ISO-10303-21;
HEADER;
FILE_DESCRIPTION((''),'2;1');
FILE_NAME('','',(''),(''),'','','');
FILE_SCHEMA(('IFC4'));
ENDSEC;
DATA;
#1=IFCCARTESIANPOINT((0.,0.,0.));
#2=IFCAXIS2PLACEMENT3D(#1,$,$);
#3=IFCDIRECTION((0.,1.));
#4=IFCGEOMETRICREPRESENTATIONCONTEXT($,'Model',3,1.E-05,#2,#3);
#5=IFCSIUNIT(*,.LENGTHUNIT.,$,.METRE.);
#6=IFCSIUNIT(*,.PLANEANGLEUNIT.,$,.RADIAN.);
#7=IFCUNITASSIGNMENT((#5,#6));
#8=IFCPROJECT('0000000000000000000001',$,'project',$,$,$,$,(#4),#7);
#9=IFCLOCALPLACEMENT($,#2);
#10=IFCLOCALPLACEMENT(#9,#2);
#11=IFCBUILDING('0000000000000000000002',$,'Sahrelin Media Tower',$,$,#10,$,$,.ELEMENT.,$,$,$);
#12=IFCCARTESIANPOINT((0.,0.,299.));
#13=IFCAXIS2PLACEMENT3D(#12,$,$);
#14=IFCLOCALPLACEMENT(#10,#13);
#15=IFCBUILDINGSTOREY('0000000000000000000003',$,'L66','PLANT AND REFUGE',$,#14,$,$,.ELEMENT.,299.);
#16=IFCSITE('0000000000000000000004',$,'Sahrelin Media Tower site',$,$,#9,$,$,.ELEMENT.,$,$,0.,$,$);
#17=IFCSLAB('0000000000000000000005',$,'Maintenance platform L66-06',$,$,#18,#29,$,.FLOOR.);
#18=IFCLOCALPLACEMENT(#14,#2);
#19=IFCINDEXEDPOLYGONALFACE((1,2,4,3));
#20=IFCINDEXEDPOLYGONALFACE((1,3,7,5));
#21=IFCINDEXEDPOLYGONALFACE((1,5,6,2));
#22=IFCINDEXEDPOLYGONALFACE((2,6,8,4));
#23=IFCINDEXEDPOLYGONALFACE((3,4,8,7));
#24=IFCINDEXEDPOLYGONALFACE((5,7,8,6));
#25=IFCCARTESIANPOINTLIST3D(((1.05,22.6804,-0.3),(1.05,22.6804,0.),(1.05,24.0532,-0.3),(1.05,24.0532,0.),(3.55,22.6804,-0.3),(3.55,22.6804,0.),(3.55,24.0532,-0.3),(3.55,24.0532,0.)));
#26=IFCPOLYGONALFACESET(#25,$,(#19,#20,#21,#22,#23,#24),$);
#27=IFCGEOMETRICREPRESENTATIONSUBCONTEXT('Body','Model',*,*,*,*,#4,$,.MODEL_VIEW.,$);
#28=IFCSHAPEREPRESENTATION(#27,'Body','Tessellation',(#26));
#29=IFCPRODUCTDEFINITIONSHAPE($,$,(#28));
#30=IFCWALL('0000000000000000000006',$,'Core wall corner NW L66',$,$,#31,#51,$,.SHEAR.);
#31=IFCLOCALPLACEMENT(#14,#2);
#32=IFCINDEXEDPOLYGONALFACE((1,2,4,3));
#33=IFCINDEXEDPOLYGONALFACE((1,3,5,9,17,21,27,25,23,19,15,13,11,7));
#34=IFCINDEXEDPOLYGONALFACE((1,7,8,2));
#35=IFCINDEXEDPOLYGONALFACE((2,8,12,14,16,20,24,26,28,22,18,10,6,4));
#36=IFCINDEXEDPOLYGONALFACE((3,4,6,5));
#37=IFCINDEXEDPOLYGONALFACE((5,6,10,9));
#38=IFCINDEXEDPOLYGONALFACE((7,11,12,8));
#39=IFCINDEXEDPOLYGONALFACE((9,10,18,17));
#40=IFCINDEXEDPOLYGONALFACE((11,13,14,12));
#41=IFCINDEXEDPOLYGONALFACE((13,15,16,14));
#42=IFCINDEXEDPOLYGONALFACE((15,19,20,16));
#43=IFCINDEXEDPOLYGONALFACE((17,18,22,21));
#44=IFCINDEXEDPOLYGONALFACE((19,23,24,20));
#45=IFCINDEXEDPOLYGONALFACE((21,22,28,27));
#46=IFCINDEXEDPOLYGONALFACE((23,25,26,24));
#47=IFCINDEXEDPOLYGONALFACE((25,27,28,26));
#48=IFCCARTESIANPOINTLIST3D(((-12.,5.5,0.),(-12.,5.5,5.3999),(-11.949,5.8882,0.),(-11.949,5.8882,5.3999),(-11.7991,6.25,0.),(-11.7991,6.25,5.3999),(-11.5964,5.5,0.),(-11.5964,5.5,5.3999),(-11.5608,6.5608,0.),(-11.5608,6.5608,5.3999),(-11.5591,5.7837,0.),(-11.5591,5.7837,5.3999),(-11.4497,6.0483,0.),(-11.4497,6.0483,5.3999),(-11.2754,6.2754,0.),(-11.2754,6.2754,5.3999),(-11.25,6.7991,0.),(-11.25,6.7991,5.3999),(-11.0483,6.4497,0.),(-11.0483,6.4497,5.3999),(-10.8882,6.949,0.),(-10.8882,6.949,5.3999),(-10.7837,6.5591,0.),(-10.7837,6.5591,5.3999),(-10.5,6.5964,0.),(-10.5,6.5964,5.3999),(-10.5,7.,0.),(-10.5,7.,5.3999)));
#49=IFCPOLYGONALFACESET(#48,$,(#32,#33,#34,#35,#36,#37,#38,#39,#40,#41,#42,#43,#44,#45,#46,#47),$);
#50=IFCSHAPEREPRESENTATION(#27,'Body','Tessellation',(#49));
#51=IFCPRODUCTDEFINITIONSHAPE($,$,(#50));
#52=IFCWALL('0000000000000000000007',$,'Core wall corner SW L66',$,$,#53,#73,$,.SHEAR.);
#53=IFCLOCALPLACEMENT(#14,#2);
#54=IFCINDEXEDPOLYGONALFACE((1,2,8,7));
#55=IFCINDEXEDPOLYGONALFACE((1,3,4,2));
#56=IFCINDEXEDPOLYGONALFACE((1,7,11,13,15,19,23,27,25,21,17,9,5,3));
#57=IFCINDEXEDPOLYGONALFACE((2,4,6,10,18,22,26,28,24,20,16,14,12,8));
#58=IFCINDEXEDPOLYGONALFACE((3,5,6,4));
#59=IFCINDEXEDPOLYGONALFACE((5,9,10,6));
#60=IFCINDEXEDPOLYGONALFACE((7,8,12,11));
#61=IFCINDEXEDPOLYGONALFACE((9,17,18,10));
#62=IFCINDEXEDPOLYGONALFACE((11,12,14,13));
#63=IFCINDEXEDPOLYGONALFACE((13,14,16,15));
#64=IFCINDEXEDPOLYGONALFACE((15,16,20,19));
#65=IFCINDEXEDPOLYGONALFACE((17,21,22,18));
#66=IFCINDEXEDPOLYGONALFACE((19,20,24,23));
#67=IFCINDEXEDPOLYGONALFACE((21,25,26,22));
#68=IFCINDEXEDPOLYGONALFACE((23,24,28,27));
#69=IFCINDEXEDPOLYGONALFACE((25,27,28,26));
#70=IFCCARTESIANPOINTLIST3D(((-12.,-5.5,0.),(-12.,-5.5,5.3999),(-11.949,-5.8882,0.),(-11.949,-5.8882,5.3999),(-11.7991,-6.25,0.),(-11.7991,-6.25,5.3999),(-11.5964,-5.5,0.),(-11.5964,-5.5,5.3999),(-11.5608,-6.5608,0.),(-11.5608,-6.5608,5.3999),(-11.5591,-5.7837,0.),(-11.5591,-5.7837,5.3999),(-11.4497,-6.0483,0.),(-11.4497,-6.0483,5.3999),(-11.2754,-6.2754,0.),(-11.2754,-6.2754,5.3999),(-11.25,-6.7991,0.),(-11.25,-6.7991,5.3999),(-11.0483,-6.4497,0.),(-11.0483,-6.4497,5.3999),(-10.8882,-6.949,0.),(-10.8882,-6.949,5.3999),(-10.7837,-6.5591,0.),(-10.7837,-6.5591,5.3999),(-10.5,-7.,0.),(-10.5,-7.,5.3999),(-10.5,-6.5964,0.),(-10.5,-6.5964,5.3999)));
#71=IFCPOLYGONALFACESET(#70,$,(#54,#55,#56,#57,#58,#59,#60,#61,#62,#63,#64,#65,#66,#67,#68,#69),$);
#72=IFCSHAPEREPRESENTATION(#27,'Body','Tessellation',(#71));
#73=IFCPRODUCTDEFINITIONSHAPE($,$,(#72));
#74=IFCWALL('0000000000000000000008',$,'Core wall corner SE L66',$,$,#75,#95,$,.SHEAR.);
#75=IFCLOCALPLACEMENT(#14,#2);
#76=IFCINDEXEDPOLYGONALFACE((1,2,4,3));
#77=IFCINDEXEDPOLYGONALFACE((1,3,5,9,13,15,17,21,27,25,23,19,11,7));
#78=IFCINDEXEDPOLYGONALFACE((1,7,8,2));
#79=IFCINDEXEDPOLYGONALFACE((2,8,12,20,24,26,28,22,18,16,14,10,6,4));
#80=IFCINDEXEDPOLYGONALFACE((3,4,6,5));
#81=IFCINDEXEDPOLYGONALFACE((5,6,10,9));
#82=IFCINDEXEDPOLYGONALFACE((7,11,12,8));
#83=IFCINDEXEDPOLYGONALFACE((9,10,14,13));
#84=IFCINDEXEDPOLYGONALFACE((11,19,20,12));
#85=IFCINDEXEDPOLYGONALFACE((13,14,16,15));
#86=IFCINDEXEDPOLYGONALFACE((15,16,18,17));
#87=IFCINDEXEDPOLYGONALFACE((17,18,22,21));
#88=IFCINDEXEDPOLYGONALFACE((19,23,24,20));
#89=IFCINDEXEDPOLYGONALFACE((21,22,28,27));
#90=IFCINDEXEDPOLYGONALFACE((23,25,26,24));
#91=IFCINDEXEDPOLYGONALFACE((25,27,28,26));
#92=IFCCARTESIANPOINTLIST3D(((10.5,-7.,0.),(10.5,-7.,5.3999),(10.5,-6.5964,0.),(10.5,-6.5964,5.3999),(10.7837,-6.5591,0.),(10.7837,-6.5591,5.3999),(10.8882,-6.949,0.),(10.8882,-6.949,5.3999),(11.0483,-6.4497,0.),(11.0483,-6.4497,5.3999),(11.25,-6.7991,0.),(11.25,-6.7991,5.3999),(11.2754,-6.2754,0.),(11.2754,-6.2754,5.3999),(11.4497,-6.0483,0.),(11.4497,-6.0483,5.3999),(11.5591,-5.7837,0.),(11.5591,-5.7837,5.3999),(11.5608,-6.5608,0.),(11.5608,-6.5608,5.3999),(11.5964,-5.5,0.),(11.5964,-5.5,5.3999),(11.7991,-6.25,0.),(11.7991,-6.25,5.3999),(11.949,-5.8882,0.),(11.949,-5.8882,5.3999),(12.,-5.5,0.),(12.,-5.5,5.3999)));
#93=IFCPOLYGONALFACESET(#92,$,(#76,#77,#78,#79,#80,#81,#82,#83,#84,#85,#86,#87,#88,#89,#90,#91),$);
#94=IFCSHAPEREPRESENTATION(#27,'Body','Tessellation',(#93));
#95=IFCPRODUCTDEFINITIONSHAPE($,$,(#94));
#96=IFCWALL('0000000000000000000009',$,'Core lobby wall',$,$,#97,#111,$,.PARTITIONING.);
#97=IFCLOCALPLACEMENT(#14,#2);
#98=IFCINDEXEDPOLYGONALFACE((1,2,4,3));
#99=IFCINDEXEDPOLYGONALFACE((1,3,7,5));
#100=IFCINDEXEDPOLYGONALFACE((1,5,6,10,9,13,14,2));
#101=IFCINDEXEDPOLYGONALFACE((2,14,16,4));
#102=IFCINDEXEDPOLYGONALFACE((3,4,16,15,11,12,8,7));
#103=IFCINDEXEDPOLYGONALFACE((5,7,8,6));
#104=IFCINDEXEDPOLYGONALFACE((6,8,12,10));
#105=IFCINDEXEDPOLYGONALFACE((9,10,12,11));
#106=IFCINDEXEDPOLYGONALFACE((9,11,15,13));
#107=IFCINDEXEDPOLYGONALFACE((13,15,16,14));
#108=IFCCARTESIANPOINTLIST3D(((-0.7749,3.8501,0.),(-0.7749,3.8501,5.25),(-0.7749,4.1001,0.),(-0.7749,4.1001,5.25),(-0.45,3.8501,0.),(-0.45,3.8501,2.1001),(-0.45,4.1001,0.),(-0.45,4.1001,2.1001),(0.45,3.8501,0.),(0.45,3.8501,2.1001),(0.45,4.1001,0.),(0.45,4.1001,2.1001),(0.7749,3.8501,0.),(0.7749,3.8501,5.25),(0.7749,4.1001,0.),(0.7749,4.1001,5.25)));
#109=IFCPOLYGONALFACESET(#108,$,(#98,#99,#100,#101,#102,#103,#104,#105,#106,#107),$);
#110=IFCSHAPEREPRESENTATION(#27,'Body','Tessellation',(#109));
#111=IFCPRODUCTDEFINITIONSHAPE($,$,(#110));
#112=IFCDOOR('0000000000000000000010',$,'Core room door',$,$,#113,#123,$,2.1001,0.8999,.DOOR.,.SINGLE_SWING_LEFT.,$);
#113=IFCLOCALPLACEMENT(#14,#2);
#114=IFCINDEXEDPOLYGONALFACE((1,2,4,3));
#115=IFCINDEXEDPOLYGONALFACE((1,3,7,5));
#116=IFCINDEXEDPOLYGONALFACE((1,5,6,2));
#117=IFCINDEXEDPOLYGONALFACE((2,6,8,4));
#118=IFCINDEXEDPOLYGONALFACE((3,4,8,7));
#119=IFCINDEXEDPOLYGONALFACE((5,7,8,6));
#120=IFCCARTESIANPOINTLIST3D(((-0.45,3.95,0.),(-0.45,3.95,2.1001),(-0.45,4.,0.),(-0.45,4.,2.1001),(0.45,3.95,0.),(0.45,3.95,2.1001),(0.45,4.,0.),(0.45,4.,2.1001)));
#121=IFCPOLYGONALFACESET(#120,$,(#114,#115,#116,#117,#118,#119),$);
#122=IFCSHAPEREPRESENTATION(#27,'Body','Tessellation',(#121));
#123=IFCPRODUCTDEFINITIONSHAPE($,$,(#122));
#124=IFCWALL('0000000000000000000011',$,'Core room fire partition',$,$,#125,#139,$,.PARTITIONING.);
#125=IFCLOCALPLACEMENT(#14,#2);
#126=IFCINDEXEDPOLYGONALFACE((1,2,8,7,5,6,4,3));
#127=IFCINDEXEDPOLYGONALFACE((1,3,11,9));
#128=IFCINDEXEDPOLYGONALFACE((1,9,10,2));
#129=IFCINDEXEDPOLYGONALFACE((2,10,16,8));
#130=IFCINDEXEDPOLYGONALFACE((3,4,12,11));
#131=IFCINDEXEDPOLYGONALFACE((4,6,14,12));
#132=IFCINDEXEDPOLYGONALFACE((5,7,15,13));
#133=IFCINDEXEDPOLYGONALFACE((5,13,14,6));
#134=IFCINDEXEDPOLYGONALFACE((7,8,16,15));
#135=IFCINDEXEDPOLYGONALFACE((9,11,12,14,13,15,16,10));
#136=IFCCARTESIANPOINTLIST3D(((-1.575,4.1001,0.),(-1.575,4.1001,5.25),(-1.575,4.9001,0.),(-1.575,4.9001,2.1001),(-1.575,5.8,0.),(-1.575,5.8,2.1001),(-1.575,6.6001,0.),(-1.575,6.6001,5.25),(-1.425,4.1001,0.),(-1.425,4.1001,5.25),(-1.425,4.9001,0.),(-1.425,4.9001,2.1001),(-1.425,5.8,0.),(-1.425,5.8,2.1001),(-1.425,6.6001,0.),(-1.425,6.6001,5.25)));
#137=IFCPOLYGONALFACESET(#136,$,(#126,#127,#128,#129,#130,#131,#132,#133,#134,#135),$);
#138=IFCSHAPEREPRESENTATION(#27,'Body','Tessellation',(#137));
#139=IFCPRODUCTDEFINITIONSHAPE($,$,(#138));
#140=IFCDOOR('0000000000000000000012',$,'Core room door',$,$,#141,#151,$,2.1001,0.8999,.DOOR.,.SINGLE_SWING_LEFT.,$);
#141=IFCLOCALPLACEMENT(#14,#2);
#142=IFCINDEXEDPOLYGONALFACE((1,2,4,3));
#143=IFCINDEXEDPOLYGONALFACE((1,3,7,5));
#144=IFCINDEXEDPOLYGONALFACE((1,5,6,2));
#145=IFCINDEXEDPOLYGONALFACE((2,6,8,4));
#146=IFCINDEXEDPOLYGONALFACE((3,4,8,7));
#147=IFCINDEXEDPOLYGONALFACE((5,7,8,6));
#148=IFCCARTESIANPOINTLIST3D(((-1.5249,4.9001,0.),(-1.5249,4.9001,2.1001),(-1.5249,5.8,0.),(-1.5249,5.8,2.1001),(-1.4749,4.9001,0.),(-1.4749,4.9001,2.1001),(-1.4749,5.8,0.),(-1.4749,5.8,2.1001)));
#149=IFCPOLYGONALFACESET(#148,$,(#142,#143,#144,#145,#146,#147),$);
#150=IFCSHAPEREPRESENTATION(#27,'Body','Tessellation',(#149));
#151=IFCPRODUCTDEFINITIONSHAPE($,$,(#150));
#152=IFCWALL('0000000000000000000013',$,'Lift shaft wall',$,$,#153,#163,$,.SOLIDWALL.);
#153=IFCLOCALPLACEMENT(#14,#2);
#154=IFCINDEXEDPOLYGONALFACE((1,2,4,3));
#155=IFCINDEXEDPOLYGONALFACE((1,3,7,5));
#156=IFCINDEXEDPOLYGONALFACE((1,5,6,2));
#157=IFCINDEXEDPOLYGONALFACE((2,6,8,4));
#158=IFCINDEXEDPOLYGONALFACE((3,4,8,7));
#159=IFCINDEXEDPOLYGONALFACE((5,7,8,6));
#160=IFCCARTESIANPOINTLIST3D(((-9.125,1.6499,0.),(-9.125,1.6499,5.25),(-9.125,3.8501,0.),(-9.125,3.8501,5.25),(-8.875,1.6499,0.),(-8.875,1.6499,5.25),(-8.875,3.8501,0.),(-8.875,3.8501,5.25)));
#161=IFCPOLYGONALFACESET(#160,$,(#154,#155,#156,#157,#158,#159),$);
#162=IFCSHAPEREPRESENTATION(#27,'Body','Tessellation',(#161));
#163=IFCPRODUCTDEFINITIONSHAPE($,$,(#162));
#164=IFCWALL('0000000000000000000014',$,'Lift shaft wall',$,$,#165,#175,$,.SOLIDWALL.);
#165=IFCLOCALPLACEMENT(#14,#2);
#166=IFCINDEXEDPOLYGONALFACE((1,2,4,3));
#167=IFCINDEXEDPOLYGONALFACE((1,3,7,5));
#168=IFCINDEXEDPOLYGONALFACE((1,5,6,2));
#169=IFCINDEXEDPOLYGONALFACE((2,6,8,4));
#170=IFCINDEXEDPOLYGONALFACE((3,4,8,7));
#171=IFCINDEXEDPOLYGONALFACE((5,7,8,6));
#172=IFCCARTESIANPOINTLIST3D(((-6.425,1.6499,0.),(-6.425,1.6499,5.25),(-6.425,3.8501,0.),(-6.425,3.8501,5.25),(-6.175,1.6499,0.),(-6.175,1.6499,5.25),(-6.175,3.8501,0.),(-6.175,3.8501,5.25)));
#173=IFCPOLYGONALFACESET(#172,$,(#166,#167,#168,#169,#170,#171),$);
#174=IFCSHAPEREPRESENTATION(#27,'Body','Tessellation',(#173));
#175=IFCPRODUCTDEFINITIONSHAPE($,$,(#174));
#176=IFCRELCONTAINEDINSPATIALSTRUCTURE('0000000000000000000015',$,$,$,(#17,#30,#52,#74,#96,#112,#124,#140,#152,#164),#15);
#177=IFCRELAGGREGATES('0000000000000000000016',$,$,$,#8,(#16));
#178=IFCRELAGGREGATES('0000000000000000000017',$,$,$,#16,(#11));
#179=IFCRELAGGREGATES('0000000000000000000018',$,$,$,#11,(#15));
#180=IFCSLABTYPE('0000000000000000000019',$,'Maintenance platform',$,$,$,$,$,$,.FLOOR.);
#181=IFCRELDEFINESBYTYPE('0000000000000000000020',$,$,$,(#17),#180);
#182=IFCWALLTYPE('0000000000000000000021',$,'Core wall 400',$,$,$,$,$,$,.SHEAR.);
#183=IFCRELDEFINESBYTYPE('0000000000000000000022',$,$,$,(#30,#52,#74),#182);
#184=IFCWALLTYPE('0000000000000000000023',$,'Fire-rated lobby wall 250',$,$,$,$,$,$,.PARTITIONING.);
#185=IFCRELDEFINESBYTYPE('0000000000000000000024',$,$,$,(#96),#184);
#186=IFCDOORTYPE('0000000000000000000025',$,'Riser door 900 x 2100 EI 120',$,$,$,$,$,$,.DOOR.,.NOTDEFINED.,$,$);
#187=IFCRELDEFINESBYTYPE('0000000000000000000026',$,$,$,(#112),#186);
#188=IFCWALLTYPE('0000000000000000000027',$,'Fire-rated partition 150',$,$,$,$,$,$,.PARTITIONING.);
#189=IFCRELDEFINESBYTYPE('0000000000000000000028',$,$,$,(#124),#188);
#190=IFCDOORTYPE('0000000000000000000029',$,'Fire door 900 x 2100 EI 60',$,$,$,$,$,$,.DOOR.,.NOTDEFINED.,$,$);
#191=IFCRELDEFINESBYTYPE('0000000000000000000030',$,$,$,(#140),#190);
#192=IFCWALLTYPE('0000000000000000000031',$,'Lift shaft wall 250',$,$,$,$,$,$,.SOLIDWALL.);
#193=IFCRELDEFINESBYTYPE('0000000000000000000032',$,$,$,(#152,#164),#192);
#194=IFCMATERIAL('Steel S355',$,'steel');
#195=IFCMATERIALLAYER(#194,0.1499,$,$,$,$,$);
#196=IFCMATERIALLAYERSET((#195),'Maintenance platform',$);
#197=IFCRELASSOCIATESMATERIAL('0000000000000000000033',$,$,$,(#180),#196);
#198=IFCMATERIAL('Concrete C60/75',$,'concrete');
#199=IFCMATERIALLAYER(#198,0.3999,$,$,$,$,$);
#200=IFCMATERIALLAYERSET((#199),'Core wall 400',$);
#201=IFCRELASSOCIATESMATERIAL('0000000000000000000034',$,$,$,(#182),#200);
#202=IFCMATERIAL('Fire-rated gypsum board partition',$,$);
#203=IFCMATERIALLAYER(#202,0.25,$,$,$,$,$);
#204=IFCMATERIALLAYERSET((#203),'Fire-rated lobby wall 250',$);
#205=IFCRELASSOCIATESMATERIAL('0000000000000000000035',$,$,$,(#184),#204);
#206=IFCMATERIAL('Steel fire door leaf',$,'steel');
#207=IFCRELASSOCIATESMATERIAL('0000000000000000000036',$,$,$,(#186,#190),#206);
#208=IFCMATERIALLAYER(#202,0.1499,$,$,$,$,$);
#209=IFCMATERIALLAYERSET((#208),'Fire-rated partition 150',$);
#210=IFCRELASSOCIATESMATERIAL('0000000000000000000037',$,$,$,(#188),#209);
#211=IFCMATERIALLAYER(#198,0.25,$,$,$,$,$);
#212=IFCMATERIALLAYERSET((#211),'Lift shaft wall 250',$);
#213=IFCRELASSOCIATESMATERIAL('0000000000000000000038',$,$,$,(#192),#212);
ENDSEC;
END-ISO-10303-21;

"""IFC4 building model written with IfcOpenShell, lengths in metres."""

from ifc_helpers import new_model, si_unit, direction, frame, frame_2d, origin, place, context, subcontext, project, spatial, polyline, rectangle, outline, extrude, material, layer, layer_set, type_object, element, fill, save


model = new_model("IFC4")

# Units and contexts
model_context = context("Model", 3, precision=1e-05, world=origin(), true_north=direction((0.0, 1.0)))
body_context = subcontext(model_context, "Body", "Model", "MODEL_VIEW")
ifc_project = project(units=[si_unit("LENGTHUNIT", "METRE"), si_unit("PLANEANGLEUNIT", "RADIAN")], contexts=[model_context])

# Site, building, storey
site_placement = place(None, origin())
site = spatial("IfcSite", under=ifc_project, at=site_placement, Name="Sahrelin Media Tower site", CompositionType="ELEMENT", RefElevation=0.0)
building_placement = place(site_placement, origin())
building = spatial("IfcBuilding", under=site, at=building_placement, Name="Sahrelin Media Tower", CompositionType="ELEMENT")
storey_placement = place(building_placement, frame((0.0, 0.0, 299.0)))
storey = spatial("IfcBuildingStorey", under=building, at=storey_placement, Name="L66", Description="PLANT AND REFUGE", CompositionType="ELEMENT", Elevation=299.0)

# Slab
ifc_material_1 = material(Name="Steel S355", Category="steel")
ifc_layer_1 = layer(ifc_material_1, 0.1499)
ifc_layer_set_1 = layer_set([ifc_layer_1], Name="Maintenance platform")
slab_type = type_object("IfcSlabType", Name="Maintenance platform", PredefinedType="FLOOR", material=ifc_layer_set_1)
slab_placement = place(storey_placement, frame((0.0, 0.0, -0.3)))
element("IfcSlab", 1, at=slab_placement, inside=storey, type_object=slab_type, Name="Maintenance platform L66-06", PredefinedType="FLOOR", context=body_context, shape_type="SweptSolid", body=[
    extrude(outline(polyline([(3.55, 22.6804), (1.05, 22.6804), (1.05, 24.0532), (3.55, 24.0532), (3.55, 22.6804)])), origin(), (0.0, 0.0, 1.0), 0.3),
])

# Walls
ifc_material_2 = material(Name="Concrete C60/75", Category="concrete")
ifc_layer_2 = layer(ifc_material_2, 0.3999)
ifc_layer_set_2 = layer_set([ifc_layer_2], Name="Core wall 400")
wall_type_1 = type_object("IfcWallType", Name="Core wall 400", PredefinedType="SHEAR", material=ifc_layer_set_2)
placement = place(storey_placement, origin())
element("IfcWall", 2, at=placement, inside=storey, type_object=wall_type_1, Name="Core wall corner NW L66", PredefinedType="SHEAR", context=body_context, shape_type="SweptSolid", body=[
    extrude(outline(polyline([(-12.0, 5.5), (-11.5964, 5.5), (-11.5591, 5.7837), (-11.4497, 6.0483), (-11.2754, 6.2754), (-11.0483, 6.4497), (-10.7837, 6.5591), (-10.5, 6.5964), (-10.5, 7.0), (-10.8882, 6.949), (-11.25, 6.7991), (-11.5608, 6.5608), (-11.7991, 6.25), (-11.949, 5.8882), (-12.0, 5.5)])), origin(), (0.0, 0.0, 1.0), 5.3999),
])
element("IfcWall", 3, at=placement, inside=storey, type_object=wall_type_1, Name="Core wall corner SW L66", PredefinedType="SHEAR", context=body_context, shape_type="SweptSolid", body=[
    extrude(outline(polyline([(-10.5, -7.0), (-10.5, -6.5964), (-10.7837, -6.5591), (-11.0483, -6.4497), (-11.2754, -6.2754), (-11.4497, -6.0483), (-11.5591, -5.7837), (-11.5964, -5.5), (-12.0, -5.5), (-11.949, -5.8882), (-11.7991, -6.25), (-11.5608, -6.5608), (-11.25, -6.7991), (-10.8882, -6.949), (-10.5, -7.0)])), origin(), (0.0, 0.0, 1.0), 5.3999),
])
element("IfcWall", 4, at=placement, inside=storey, type_object=wall_type_1, Name="Core wall corner SE L66", PredefinedType="SHEAR", context=body_context, shape_type="SweptSolid", body=[
    extrude(outline(polyline([(12.0, -5.5), (11.5964, -5.5), (11.5591, -5.7837), (11.4497, -6.0483), (11.2754, -6.2754), (11.0483, -6.4497), (10.7837, -6.5591), (10.5, -6.5964), (10.5, -7.0), (10.8882, -6.949), (11.25, -6.7991), (11.5608, -6.5608), (11.7991, -6.25), (11.949, -5.8882), (12.0, -5.5)])), origin(), (0.0, 0.0, 1.0), 5.3999),
])

# Walls, openings, doors
ifc_material_3 = material(Name="Fire-rated gypsum board partition")
ifc_layer_3 = layer(ifc_material_3, 0.25)
ifc_layer_set_3 = layer_set([ifc_layer_3], Name="Fire-rated lobby wall 250")
wall_type_2 = type_object("IfcWallType", Name="Fire-rated lobby wall 250", PredefinedType="PARTITIONING", material=ifc_layer_set_3)
wall_1_placement = place(storey_placement, frame((-0.7749, 3.9751, 0.0), z_axis=(0.0, 0.0, 1.0), x_axis=(1.0, 0.0, 0.0)))
wall_1 = element("IfcWall", 5, at=wall_1_placement, inside=storey, type_object=wall_type_2, Name="Core lobby wall", PredefinedType="PARTITIONING", context=body_context, shape_type="SweptSolid", body=[
    extrude(rectangle(XDim=1.5498, YDim=0.25, at=frame_2d((0.7749, 0.0))), origin(), (0.0, 0.0, 1.0), 5.25),
])
opening_1_placement = place(wall_1_placement, frame((0.325, 0.0, 0.0)))
opening_1 = element("IfcOpeningElement", 6, at=opening_1_placement, cuts=wall_1, PredefinedType="OPENING", context=body_context, shape_type="SweptSolid", body=[
    extrude(rectangle(XDim=0.8999, YDim=2.1001, at=frame_2d((0.45, 1.05))), frame((0.0, 0.125, 0.0), z_axis=(0.0, -1.0, 0.0), x_axis=(1.0, 0.0, 0.0)), (0.0, 0.0, 1.0), 0.25),
])
ifc_material_4 = material(Name="Steel fire door leaf", Category="steel")
door_type_1 = type_object("IfcDoorType", Name="Riser door 900 x 2100 EI 120", OperationType="NOTDEFINED", PredefinedType="DOOR", material=ifc_material_4)
door_1_placement = place(opening_1_placement, origin())
door_1 = element("IfcDoor", 7, at=door_1_placement, inside=storey, type_object=door_type_1, Name="Core room door", OperationType="SINGLE_SWING_LEFT", OverallHeight=2.1001, OverallWidth=0.8999, PredefinedType="DOOR", context=body_context, shape_type="SweptSolid", body=[
    extrude(rectangle(XDim=0.8999, YDim=2.1001, at=frame_2d((0.45, 1.05))), frame((0.0, 0.0249, 0.0), z_axis=(0.0, -1.0, 0.0), x_axis=(1.0, 0.0, 0.0)), (0.0, 0.0, 1.0), 0.05),
])
fill(opening_1, door_1)
ifc_layer_4 = layer(ifc_material_3, 0.1499)
ifc_layer_set_4 = layer_set([ifc_layer_4], Name="Fire-rated partition 150")
wall_type_3 = type_object("IfcWallType", Name="Fire-rated partition 150", PredefinedType="PARTITIONING", material=ifc_layer_set_4)
wall_2_placement = place(storey_placement, frame((-1.5, 4.1001, 0.0), z_axis=(0.0, 0.0, 1.0), x_axis=(0.0, 1.0, 0.0)))
wall_2 = element("IfcWall", 8, at=wall_2_placement, inside=storey, type_object=wall_type_3, Name="Core room fire partition", PredefinedType="PARTITIONING", context=body_context, shape_type="SweptSolid", body=[
    extrude(rectangle(XDim=2.5, YDim=0.1499, at=frame_2d((1.25, 0.0))), origin(), (0.0, 0.0, 1.0), 5.25),
])
opening_2_placement = place(wall_2_placement, frame((0.8, 0.0, 0.0)))
opening_2 = element("IfcOpeningElement", 9, at=opening_2_placement, cuts=wall_2, PredefinedType="OPENING", context=body_context, shape_type="SweptSolid", body=[
    extrude(rectangle(XDim=0.8999, YDim=2.1001, at=frame_2d((0.45, 1.05))), frame((0.0, 0.075, 0.0), z_axis=(0.0, -1.0, 0.0), x_axis=(1.0, 0.0, 0.0)), (0.0, 0.0, 1.0), 0.1499),
])
door_type_2 = type_object("IfcDoorType", Name="Fire door 900 x 2100 EI 60", OperationType="NOTDEFINED", PredefinedType="DOOR", material=ifc_material_4)
door_2_placement = place(opening_2_placement, origin())
door_2 = element("IfcDoor", 10, at=door_2_placement, inside=storey, type_object=door_type_2, Name="Core room door", OperationType="SINGLE_SWING_LEFT", OverallHeight=2.1001, OverallWidth=0.8999, PredefinedType="DOOR", context=body_context, shape_type="SweptSolid", body=[
    extrude(rectangle(XDim=0.8999, YDim=2.1001, at=frame_2d((0.45, 1.05))), frame((0.0, 0.0249, 0.0), z_axis=(0.0, -1.0, 0.0), x_axis=(1.0, 0.0, 0.0)), (0.0, 0.0, 1.0), 0.05),
])
fill(opening_2, door_2)

# Walls
ifc_layer_5 = layer(ifc_material_2, 0.25)
ifc_layer_set_5 = layer_set([ifc_layer_5], Name="Lift shaft wall 250")
wall_type_4 = type_object("IfcWallType", Name="Lift shaft wall 250", PredefinedType="SOLIDWALL", material=ifc_layer_set_5)
for number, where, z_axis, x_axis, name in (
    (11, (-9.0, 1.6499, 0.0), (0.0, 0.0, 1.0), (0.0, 1.0, 0.0), "Lift shaft wall"),
    (12, (-6.3, 1.6499, 0.0), (0.0, 0.0, 1.0), (0.0, 1.0, 0.0), "Lift shaft wall"),
):
    element("IfcWall", number, at=place(storey_placement, frame(where, z_axis=z_axis, x_axis=x_axis)), inside=storey, type_object=wall_type_4, Name=name, PredefinedType="SOLIDWALL", context=body_context, shape_type="SweptSolid", body=[
        extrude(rectangle(XDim=2.2002, YDim=0.25, at=frame_2d((1.1001, 0.0))), origin(), (0.0, 0.0, 1.0), 5.25),
    ])

save(model, "model.ifc")
